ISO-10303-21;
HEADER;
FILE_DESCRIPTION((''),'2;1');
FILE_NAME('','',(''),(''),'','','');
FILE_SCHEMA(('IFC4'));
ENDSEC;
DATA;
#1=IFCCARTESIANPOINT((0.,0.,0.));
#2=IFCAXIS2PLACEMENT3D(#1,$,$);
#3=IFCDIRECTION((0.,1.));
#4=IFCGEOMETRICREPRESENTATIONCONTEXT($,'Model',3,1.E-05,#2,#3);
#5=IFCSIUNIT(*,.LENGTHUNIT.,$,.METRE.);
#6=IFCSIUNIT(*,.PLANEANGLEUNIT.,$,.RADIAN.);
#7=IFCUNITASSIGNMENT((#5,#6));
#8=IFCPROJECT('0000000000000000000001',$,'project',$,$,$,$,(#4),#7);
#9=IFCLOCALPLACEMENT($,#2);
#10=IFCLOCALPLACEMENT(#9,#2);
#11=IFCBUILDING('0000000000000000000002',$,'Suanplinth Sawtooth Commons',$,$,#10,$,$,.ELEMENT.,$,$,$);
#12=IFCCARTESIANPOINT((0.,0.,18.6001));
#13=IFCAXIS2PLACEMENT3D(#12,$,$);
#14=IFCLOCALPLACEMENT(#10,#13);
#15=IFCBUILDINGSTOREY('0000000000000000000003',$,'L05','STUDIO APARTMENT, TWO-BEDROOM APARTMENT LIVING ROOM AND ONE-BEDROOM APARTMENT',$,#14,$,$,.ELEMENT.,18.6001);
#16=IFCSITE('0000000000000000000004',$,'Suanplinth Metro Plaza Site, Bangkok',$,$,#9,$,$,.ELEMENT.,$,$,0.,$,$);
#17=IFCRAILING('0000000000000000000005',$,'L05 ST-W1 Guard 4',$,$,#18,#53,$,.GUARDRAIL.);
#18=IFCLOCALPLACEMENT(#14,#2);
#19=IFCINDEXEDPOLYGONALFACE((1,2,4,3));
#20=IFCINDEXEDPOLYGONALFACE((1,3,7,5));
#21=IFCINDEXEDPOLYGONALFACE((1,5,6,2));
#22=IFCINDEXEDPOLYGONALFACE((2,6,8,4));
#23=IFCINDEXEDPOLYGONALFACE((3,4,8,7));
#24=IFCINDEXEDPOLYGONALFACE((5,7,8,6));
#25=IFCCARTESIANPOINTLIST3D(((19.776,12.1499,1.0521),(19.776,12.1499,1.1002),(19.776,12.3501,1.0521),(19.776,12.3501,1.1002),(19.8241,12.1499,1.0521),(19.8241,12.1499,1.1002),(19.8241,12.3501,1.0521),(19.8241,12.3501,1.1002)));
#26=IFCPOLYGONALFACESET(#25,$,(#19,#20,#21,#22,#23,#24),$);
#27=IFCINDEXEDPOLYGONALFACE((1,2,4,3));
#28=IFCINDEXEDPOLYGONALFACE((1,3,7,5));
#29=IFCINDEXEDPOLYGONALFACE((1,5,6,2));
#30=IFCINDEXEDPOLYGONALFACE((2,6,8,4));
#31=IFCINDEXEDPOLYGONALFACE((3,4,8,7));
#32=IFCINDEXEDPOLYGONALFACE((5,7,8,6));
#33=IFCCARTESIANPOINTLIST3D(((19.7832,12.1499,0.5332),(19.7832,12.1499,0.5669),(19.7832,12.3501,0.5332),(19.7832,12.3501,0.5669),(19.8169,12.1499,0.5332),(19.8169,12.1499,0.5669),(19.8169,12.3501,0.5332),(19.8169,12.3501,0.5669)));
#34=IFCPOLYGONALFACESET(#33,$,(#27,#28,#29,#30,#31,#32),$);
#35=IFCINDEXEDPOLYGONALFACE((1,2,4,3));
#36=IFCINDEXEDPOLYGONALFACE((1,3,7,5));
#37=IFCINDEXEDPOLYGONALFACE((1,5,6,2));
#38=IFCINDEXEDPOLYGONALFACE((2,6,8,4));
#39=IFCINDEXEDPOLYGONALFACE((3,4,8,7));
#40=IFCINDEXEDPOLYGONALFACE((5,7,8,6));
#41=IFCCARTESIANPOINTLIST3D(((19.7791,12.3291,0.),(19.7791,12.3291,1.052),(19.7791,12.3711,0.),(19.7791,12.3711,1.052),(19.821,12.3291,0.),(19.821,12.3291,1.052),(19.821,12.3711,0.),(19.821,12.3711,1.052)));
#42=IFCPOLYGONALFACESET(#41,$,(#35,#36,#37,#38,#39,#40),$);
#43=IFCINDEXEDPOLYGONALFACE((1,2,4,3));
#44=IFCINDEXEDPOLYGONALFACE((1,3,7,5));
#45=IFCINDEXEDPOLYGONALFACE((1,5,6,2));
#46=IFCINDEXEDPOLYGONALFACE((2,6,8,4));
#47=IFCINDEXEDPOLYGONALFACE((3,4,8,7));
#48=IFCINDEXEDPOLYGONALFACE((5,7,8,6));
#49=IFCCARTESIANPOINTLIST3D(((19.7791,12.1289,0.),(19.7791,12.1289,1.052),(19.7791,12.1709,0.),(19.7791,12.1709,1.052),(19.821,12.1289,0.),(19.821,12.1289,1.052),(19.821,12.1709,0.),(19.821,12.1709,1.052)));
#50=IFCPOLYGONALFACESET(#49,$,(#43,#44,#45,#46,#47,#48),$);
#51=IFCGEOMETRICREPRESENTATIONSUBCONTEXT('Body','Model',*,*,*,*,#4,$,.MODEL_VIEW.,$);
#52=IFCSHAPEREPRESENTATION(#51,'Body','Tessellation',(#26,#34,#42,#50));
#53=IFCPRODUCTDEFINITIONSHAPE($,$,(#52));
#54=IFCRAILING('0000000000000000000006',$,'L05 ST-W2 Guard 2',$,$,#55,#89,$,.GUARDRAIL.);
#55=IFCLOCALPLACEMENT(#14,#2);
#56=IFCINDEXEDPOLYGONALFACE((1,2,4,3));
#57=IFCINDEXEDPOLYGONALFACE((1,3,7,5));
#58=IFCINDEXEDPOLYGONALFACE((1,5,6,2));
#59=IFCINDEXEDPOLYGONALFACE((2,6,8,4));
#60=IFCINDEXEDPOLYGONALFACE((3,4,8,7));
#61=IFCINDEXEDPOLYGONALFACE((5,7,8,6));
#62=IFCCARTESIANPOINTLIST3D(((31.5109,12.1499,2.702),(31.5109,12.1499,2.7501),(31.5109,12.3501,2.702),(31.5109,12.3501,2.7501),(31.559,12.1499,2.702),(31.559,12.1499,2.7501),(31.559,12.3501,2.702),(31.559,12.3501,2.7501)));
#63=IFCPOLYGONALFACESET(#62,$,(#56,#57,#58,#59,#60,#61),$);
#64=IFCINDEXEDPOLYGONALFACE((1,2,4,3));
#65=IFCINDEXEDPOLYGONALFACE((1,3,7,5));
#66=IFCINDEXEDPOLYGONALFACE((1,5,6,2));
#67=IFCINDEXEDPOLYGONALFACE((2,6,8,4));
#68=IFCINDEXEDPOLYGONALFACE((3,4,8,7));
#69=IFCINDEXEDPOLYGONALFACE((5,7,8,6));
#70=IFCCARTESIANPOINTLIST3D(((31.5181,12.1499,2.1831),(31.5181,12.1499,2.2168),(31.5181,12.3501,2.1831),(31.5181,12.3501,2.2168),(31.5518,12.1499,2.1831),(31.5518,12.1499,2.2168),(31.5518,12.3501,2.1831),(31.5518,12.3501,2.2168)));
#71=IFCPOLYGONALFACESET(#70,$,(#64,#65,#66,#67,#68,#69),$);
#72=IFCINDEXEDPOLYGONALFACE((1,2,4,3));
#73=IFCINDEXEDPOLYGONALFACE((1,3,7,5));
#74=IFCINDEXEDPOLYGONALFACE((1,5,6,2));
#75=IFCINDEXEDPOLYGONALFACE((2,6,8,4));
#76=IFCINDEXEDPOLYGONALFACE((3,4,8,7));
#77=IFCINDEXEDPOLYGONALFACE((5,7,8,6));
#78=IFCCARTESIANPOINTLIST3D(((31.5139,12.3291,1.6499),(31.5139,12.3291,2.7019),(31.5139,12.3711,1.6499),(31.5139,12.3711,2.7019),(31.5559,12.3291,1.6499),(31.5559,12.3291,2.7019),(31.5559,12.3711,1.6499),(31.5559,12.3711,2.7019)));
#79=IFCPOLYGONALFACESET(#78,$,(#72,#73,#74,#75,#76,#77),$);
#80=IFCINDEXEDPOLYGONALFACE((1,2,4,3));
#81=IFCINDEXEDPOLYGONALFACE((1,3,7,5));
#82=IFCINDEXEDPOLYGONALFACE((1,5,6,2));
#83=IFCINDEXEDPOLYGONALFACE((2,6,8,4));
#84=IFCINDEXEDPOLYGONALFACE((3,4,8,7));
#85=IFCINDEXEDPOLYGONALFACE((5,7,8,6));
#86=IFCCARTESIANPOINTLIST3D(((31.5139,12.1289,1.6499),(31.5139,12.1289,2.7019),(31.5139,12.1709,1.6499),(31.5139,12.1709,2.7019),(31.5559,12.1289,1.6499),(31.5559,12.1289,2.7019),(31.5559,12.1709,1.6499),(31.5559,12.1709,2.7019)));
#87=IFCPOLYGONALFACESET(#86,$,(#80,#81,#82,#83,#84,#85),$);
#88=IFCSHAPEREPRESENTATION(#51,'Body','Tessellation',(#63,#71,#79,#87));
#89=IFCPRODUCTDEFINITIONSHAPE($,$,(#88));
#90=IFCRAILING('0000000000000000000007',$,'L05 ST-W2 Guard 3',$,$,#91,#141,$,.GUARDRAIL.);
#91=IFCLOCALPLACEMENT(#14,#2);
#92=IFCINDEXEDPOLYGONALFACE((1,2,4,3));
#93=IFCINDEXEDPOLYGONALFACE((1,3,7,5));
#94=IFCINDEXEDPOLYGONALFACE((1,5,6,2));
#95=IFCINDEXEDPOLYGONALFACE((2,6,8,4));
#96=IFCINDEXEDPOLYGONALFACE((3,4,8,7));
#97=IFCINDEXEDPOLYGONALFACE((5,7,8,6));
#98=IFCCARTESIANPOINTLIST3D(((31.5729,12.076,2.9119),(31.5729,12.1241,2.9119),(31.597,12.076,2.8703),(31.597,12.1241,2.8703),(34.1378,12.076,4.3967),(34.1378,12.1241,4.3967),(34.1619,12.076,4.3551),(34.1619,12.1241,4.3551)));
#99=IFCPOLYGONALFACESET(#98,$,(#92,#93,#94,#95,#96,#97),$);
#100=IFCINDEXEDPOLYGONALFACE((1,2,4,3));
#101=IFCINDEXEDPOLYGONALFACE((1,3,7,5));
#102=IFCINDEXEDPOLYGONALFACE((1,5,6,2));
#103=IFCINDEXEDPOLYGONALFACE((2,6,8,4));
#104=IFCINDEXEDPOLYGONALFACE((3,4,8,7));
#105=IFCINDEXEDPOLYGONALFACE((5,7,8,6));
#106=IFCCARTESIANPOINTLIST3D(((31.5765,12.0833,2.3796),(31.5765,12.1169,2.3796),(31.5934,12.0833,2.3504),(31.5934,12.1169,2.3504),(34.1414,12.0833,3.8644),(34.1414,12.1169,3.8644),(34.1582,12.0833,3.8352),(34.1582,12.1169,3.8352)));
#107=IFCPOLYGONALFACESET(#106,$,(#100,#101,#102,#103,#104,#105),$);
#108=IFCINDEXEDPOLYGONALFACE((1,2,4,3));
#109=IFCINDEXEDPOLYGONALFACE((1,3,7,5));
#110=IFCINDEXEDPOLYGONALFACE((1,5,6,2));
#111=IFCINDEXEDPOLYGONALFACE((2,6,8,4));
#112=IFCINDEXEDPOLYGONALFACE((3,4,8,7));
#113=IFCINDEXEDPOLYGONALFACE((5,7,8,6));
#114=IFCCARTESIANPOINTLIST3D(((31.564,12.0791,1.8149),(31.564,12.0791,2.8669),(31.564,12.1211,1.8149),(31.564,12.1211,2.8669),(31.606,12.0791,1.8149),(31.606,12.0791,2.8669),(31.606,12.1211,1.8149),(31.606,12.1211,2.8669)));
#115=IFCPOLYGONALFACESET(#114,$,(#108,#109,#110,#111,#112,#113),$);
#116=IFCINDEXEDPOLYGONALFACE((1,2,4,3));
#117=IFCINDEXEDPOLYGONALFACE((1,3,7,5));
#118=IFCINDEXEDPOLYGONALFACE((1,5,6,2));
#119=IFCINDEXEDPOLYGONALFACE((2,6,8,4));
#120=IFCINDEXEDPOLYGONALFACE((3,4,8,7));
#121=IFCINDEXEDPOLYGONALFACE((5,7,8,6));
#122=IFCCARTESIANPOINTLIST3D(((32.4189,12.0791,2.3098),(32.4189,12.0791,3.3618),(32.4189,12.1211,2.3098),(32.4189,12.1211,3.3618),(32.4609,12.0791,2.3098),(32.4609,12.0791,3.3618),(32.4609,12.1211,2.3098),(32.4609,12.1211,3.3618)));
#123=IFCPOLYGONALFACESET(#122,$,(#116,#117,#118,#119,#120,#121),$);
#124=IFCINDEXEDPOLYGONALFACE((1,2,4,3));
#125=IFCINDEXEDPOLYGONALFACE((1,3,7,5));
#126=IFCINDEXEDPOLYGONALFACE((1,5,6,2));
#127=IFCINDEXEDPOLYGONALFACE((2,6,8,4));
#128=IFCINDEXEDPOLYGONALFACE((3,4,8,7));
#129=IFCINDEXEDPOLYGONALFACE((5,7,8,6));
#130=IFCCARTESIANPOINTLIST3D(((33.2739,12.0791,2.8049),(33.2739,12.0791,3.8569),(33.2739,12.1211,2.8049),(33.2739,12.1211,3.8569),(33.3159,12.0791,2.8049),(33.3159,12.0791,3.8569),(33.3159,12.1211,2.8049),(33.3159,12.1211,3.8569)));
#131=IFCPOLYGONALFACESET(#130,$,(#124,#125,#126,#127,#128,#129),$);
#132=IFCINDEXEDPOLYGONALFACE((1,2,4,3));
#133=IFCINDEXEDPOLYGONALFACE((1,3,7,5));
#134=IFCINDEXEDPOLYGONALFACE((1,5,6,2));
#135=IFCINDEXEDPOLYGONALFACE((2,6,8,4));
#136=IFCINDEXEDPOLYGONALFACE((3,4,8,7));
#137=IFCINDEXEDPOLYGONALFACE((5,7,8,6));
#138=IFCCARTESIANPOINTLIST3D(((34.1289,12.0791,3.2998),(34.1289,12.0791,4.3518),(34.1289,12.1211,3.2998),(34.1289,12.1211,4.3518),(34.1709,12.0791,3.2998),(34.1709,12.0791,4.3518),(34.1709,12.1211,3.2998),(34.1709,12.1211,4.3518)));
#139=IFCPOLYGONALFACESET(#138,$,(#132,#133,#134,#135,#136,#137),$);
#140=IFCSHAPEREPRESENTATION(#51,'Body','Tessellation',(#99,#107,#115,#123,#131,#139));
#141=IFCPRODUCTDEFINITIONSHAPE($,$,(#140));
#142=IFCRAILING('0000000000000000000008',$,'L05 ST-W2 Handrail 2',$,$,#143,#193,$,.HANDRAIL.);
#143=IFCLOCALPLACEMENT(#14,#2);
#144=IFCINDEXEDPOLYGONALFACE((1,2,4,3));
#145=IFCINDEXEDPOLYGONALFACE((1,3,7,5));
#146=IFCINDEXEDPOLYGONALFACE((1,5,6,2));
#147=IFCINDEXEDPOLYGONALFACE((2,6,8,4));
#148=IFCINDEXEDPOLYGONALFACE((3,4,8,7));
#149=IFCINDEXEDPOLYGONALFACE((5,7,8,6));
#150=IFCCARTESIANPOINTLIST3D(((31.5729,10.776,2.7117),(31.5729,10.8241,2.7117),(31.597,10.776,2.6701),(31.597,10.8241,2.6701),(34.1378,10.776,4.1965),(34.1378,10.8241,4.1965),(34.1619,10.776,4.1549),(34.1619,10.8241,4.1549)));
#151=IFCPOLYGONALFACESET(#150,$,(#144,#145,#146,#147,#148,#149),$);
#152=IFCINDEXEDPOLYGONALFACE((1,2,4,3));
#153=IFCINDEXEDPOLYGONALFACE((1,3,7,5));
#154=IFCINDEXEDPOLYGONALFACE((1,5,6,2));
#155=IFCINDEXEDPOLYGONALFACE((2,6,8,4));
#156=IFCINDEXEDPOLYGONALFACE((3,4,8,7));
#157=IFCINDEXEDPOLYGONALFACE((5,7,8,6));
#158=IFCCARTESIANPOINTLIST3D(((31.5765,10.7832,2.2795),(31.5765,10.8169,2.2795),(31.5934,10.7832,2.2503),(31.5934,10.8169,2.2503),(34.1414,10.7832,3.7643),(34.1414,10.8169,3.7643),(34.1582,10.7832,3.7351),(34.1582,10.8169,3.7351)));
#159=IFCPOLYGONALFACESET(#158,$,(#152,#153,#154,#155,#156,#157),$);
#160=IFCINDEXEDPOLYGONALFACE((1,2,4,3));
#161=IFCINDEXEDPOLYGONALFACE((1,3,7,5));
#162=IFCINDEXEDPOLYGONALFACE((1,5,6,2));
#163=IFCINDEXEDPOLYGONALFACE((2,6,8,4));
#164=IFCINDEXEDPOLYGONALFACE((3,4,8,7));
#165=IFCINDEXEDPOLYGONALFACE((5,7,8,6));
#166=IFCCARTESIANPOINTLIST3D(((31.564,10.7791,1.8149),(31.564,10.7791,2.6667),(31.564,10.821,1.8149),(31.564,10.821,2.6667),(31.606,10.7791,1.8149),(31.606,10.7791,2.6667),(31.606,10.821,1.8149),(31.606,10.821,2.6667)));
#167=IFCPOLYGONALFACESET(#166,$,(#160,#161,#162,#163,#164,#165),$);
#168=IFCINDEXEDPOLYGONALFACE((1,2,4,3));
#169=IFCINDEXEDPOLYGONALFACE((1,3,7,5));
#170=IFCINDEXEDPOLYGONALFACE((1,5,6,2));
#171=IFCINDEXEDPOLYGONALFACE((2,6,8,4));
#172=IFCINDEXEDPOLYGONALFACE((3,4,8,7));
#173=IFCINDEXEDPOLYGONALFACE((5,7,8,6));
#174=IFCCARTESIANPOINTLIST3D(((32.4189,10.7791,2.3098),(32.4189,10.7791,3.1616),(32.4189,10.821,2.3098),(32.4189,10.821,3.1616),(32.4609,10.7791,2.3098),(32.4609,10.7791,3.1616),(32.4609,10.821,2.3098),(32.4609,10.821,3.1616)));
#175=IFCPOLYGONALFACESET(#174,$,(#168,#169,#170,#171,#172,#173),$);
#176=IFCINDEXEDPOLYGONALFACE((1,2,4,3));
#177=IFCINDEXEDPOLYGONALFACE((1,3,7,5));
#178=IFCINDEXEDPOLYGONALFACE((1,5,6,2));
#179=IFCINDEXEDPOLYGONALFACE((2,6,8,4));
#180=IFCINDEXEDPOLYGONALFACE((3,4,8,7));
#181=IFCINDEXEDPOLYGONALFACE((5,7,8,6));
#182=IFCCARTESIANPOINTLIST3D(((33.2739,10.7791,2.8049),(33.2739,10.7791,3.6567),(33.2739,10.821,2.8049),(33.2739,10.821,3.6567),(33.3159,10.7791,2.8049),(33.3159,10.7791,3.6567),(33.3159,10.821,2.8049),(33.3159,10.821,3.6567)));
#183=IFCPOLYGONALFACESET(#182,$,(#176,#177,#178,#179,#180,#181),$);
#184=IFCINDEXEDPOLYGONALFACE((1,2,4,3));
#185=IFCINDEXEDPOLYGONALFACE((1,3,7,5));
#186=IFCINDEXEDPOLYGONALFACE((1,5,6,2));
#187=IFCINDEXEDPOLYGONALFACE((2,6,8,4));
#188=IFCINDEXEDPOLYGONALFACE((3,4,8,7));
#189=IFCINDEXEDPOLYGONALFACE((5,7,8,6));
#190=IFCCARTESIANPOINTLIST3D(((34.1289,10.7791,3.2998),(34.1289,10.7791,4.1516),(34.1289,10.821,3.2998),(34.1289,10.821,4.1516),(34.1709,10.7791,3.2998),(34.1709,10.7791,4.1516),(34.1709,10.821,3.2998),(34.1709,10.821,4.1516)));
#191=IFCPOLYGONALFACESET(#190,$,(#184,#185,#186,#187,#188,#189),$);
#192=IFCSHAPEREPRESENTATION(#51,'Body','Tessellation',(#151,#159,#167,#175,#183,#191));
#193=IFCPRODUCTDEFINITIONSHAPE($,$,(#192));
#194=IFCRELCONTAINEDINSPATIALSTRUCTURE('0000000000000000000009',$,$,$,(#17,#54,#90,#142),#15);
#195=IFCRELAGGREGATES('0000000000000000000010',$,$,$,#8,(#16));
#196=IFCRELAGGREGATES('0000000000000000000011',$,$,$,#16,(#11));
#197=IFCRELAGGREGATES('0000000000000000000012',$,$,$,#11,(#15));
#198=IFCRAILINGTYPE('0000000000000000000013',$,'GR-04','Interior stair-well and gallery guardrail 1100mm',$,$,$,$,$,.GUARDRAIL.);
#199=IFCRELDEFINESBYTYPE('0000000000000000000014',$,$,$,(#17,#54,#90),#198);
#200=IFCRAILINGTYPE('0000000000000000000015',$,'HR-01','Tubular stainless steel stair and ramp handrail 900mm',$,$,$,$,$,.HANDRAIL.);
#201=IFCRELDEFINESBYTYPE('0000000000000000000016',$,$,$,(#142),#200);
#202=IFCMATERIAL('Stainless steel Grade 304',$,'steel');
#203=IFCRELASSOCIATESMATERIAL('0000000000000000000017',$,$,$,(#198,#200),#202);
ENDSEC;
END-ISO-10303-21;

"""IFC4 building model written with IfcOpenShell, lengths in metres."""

from ifc_helpers import new_model, si_unit, direction, frame, origin, origin_2d, place, context, subcontext, project, spatial, rectangle, extrude, material, type_object, element, save


model = new_model("IFC4")

# Units and contexts
model_context = context("Model", 3, precision=1e-05, world=origin(), true_north=direction((0.0, 1.0)))
body_context = subcontext(model_context, "Body", "Model", "MODEL_VIEW")
ifc_project = project(units=[si_unit("LENGTHUNIT", "METRE"), si_unit("PLANEANGLEUNIT", "RADIAN")], contexts=[model_context])

# Site, building, storey
site_placement = place(None, origin())
site = spatial("IfcSite", under=ifc_project, at=site_placement, Name="Suanplinth Metro Plaza Site, Bangkok", CompositionType="ELEMENT", RefElevation=0.0)
building_placement = place(site_placement, origin())
building = spatial("IfcBuilding", under=site, at=building_placement, Name="Suanplinth Sawtooth Commons", CompositionType="ELEMENT")
storey_placement = place(building_placement, frame((0.0, 0.0, 18.6001)))
storey = spatial("IfcBuildingStorey", under=building, at=storey_placement, Name="L05", Description="STUDIO APARTMENT, TWO-BEDROOM APARTMENT LIVING ROOM AND ONE-BEDROOM APARTMENT", CompositionType="ELEMENT", Elevation=18.6001)

# Shared definitions
ifc_material_1 = material(Name="Stainless steel Grade 304", Category="steel")

# Railings
railing_type_1 = type_object("IfcRailingType", Name="GR-04", Description="Interior stair-well and gallery guardrail 1100mm", PredefinedType="GUARDRAIL", material=ifc_material_1)
for number, where, name in (
    (1, (19.8, 12.3501, 0.0), "L05 ST-W1 Guard 4"),
    (2, (31.5349, 12.3501, 1.6499), "L05 ST-W2 Guard 2"),
):
    element("IfcRailing", number, at=place(storey_placement, frame(where)), inside=storey, type_object=railing_type_1, Name=name, PredefinedType="GUARDRAIL", context=body_context, shape_type="SweptSolid", body=[
        extrude(rectangle(XDim=0.0481, YDim=0.0481, at=origin_2d()), frame((0.0, 0.0, 1.0762), z_axis=(0.0, -1.0, 0.0), x_axis=(1.0, 0.0, 0.0)), (0.0, 0.0, 1.0), 0.2002),
        extrude(rectangle(XDim=0.0337, YDim=0.0337, at=origin_2d()), frame((0.0, 0.0, 0.55), z_axis=(0.0, -1.0, 0.0), x_axis=(1.0, 0.0, 0.0)), (0.0, 0.0, 1.0), 0.2002),
        extrude(rectangle(XDim=0.042, YDim=0.042, at=origin_2d()), origin(), (0.0, 0.0, 1.0), 1.052),
        extrude(rectangle(XDim=0.042, YDim=0.042, at=origin_2d()), frame((0.0, -0.2002, 0.0)), (0.0, 0.0, 1.0), 1.052),
    ])
railing_1_placement = place(storey_placement, frame((31.585, 12.1001, 1.8149)))
element("IfcRailing", 3, at=railing_1_placement, inside=storey, type_object=railing_type_1, Name="L05 ST-W2 Guard 3", PredefinedType="GUARDRAIL", context=body_context, shape_type="SweptSolid", body=[
    extrude(rectangle(XDim=0.0481, YDim=0.0481, at=origin_2d()), frame((0.0, 0.0, 1.0762), z_axis=(0.865441, 0.0, 0.50101), x_axis=(0.0, 1.0, 0.0)), (0.0, 0.0, 1.0), 2.9636),
    extrude(rectangle(XDim=0.0337, YDim=0.0337, at=origin_2d()), frame((0.0, 0.0, 0.55), z_axis=(0.865441, 0.0, 0.50101), x_axis=(0.0, 1.0, 0.0)), (0.0, 0.0, 1.0), 2.9636),
    extrude(rectangle(XDim=0.042, YDim=0.042, at=origin_2d()), origin(), (0.0, 0.0, 1.0), 1.052),
    extrude(rectangle(XDim=0.042, YDim=0.042, at=origin_2d()), frame((0.855, 0.0, 0.4949)), (0.0, 0.0, 1.0), 1.052),
    extrude(rectangle(XDim=0.042, YDim=0.042, at=origin_2d()), frame((1.71, 0.0, 0.99)), (0.0, 0.0, 1.0), 1.052),
    extrude(rectangle(XDim=0.042, YDim=0.042, at=origin_2d()), frame((2.5649, 0.0, 1.4849)), (0.0, 0.0, 1.0), 1.052),
])
railing_type_2 = type_object("IfcRailingType", Name="HR-01", Description="Tubular stainless steel stair and ramp handrail 900mm", PredefinedType="HANDRAIL", material=ifc_material_1)
railing_2_placement = place(storey_placement, frame((31.585, 10.8, 1.8149)))
element("IfcRailing", 4, at=railing_2_placement, inside=storey, type_object=railing_type_2, Name="L05 ST-W2 Handrail 2", PredefinedType="HANDRAIL", context=body_context, shape_type="SweptSolid", body=[
    extrude(rectangle(XDim=0.0481, YDim=0.0481, at=origin_2d()), frame((0.0, 0.0, 0.876), z_axis=(0.865441, 0.0, 0.50101), x_axis=(0.0, 1.0, 0.0)), (0.0, 0.0, 1.0), 2.9636),
    extrude(rectangle(XDim=0.0337, YDim=0.0337, at=origin_2d()), frame((0.0, 0.0, 0.45), z_axis=(0.865441, 0.0, 0.50101), x_axis=(0.0, 1.0, 0.0)), (0.0, 0.0, 1.0), 2.9636),
    extrude(rectangle(XDim=0.042, YDim=0.042, at=origin_2d()), origin(), (0.0, 0.0, 1.0), 0.8518),
    extrude(rectangle(XDim=0.042, YDim=0.042, at=origin_2d()), frame((0.855, 0.0, 0.4949)), (0.0, 0.0, 1.0), 0.8518),
    extrude(rectangle(XDim=0.042, YDim=0.042, at=origin_2d()), frame((1.71, 0.0, 0.99)), (0.0, 0.0, 1.0), 0.8518),
    extrude(rectangle(XDim=0.042, YDim=0.042, at=origin_2d()), frame((2.5649, 0.0, 1.4849)), (0.0, 0.0, 1.0), 0.8518),
])

save(model, "model.ifc")
